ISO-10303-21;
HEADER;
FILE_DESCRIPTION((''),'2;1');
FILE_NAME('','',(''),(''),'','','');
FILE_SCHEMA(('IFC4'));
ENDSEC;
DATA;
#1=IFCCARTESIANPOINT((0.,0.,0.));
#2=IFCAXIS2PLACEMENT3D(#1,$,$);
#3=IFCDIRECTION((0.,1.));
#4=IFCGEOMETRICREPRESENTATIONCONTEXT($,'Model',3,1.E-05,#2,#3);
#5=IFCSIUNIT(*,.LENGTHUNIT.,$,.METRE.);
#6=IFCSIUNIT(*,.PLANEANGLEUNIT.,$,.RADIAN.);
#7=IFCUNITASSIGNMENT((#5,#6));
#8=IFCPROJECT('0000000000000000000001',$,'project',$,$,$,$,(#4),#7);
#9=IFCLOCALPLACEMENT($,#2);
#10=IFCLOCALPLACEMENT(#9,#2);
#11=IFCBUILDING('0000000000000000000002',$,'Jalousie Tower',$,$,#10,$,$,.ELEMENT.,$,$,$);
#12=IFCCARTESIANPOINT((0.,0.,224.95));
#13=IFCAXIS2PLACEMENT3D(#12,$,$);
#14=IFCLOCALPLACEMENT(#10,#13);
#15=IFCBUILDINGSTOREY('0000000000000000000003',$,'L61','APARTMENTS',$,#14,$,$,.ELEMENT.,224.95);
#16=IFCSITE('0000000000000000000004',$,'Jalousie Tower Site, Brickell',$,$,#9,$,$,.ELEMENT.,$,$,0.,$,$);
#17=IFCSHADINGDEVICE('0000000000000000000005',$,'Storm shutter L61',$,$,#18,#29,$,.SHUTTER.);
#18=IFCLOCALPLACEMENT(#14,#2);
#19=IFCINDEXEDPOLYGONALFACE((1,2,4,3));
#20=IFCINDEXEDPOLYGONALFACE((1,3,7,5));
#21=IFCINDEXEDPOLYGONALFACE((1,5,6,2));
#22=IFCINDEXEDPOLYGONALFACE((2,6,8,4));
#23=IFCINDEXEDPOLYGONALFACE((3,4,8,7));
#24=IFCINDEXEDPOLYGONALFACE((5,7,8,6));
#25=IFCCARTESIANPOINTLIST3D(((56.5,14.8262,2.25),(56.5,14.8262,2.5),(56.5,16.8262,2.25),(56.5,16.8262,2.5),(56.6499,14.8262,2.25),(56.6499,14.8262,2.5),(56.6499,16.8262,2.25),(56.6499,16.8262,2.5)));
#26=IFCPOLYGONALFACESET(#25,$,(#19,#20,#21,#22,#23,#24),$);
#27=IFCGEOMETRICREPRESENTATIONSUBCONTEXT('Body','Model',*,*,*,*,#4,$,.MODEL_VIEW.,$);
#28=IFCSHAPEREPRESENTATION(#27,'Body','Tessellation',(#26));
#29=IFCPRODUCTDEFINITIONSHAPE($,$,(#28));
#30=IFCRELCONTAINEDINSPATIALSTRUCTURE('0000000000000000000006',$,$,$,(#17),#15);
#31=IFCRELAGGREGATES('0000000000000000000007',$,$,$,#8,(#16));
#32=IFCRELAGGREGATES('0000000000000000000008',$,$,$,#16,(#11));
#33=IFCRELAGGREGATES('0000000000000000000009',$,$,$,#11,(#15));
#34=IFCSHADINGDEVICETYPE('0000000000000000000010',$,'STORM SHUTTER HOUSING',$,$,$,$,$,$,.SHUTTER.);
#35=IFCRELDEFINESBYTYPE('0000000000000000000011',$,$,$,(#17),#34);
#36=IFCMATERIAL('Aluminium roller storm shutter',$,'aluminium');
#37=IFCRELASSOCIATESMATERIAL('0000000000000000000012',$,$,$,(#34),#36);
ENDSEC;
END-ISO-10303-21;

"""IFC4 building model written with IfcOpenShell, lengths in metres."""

from ifc_helpers import new_model, si_unit, direction, frame, origin, origin_2d, place, context, subcontext, project, spatial, rectangle, extrude, material, type_object, element, save


model = new_model("IFC4")

# Units and contexts
model_context = context("Model", 3, precision=1e-05, world=origin(), true_north=direction((0.0, 1.0)))
body_context = subcontext(model_context, "Body", "Model", "MODEL_VIEW")
ifc_project = project(units=[si_unit("LENGTHUNIT", "METRE"), si_unit("PLANEANGLEUNIT", "RADIAN")], contexts=[model_context])

# Site, building, storey
site_placement = place(None, origin())
site = spatial("IfcSite", under=ifc_project, at=site_placement, Name="Jalousie Tower Site, Brickell", CompositionType="ELEMENT", RefElevation=0.0)
building_placement = place(site_placement, origin())
building = spatial("IfcBuilding", under=site, at=building_placement, Name="Jalousie Tower", CompositionType="ELEMENT")
storey_placement = place(building_placement, frame((0.0, 0.0, 224.95)))
storey = spatial("IfcBuildingStorey", under=building, at=storey_placement, Name="L61", Description="APARTMENTS", CompositionType="ELEMENT", Elevation=224.95)

# Shading device
ifc_material_1 = material(Name="Aluminium roller storm shutter", Category="aluminium")
shading_device_type_1 = type_object("IfcShadingDeviceType", Name="STORM SHUTTER HOUSING", PredefinedType="SHUTTER", material=ifc_material_1)
shading_device_1_placement = place(storey_placement, frame((56.575, 15.8262, 2.25), z_axis=(0.0, 0.0, 1.0), x_axis=(0.0, 1.0, 0.0)))
element("IfcShadingDevice", 1, at=shading_device_1_placement, inside=storey, type_object=shading_device_type_1, Name="Storm shutter L61", PredefinedType="SHUTTER", context=body_context, shape_type="SweptSolid", body=[
    extrude(rectangle(XDim=2.0, YDim=0.1499, at=origin_2d()), origin(), (0.0, 0.0, 1.0), 0.25),
])

save(model, "model.ifc")
